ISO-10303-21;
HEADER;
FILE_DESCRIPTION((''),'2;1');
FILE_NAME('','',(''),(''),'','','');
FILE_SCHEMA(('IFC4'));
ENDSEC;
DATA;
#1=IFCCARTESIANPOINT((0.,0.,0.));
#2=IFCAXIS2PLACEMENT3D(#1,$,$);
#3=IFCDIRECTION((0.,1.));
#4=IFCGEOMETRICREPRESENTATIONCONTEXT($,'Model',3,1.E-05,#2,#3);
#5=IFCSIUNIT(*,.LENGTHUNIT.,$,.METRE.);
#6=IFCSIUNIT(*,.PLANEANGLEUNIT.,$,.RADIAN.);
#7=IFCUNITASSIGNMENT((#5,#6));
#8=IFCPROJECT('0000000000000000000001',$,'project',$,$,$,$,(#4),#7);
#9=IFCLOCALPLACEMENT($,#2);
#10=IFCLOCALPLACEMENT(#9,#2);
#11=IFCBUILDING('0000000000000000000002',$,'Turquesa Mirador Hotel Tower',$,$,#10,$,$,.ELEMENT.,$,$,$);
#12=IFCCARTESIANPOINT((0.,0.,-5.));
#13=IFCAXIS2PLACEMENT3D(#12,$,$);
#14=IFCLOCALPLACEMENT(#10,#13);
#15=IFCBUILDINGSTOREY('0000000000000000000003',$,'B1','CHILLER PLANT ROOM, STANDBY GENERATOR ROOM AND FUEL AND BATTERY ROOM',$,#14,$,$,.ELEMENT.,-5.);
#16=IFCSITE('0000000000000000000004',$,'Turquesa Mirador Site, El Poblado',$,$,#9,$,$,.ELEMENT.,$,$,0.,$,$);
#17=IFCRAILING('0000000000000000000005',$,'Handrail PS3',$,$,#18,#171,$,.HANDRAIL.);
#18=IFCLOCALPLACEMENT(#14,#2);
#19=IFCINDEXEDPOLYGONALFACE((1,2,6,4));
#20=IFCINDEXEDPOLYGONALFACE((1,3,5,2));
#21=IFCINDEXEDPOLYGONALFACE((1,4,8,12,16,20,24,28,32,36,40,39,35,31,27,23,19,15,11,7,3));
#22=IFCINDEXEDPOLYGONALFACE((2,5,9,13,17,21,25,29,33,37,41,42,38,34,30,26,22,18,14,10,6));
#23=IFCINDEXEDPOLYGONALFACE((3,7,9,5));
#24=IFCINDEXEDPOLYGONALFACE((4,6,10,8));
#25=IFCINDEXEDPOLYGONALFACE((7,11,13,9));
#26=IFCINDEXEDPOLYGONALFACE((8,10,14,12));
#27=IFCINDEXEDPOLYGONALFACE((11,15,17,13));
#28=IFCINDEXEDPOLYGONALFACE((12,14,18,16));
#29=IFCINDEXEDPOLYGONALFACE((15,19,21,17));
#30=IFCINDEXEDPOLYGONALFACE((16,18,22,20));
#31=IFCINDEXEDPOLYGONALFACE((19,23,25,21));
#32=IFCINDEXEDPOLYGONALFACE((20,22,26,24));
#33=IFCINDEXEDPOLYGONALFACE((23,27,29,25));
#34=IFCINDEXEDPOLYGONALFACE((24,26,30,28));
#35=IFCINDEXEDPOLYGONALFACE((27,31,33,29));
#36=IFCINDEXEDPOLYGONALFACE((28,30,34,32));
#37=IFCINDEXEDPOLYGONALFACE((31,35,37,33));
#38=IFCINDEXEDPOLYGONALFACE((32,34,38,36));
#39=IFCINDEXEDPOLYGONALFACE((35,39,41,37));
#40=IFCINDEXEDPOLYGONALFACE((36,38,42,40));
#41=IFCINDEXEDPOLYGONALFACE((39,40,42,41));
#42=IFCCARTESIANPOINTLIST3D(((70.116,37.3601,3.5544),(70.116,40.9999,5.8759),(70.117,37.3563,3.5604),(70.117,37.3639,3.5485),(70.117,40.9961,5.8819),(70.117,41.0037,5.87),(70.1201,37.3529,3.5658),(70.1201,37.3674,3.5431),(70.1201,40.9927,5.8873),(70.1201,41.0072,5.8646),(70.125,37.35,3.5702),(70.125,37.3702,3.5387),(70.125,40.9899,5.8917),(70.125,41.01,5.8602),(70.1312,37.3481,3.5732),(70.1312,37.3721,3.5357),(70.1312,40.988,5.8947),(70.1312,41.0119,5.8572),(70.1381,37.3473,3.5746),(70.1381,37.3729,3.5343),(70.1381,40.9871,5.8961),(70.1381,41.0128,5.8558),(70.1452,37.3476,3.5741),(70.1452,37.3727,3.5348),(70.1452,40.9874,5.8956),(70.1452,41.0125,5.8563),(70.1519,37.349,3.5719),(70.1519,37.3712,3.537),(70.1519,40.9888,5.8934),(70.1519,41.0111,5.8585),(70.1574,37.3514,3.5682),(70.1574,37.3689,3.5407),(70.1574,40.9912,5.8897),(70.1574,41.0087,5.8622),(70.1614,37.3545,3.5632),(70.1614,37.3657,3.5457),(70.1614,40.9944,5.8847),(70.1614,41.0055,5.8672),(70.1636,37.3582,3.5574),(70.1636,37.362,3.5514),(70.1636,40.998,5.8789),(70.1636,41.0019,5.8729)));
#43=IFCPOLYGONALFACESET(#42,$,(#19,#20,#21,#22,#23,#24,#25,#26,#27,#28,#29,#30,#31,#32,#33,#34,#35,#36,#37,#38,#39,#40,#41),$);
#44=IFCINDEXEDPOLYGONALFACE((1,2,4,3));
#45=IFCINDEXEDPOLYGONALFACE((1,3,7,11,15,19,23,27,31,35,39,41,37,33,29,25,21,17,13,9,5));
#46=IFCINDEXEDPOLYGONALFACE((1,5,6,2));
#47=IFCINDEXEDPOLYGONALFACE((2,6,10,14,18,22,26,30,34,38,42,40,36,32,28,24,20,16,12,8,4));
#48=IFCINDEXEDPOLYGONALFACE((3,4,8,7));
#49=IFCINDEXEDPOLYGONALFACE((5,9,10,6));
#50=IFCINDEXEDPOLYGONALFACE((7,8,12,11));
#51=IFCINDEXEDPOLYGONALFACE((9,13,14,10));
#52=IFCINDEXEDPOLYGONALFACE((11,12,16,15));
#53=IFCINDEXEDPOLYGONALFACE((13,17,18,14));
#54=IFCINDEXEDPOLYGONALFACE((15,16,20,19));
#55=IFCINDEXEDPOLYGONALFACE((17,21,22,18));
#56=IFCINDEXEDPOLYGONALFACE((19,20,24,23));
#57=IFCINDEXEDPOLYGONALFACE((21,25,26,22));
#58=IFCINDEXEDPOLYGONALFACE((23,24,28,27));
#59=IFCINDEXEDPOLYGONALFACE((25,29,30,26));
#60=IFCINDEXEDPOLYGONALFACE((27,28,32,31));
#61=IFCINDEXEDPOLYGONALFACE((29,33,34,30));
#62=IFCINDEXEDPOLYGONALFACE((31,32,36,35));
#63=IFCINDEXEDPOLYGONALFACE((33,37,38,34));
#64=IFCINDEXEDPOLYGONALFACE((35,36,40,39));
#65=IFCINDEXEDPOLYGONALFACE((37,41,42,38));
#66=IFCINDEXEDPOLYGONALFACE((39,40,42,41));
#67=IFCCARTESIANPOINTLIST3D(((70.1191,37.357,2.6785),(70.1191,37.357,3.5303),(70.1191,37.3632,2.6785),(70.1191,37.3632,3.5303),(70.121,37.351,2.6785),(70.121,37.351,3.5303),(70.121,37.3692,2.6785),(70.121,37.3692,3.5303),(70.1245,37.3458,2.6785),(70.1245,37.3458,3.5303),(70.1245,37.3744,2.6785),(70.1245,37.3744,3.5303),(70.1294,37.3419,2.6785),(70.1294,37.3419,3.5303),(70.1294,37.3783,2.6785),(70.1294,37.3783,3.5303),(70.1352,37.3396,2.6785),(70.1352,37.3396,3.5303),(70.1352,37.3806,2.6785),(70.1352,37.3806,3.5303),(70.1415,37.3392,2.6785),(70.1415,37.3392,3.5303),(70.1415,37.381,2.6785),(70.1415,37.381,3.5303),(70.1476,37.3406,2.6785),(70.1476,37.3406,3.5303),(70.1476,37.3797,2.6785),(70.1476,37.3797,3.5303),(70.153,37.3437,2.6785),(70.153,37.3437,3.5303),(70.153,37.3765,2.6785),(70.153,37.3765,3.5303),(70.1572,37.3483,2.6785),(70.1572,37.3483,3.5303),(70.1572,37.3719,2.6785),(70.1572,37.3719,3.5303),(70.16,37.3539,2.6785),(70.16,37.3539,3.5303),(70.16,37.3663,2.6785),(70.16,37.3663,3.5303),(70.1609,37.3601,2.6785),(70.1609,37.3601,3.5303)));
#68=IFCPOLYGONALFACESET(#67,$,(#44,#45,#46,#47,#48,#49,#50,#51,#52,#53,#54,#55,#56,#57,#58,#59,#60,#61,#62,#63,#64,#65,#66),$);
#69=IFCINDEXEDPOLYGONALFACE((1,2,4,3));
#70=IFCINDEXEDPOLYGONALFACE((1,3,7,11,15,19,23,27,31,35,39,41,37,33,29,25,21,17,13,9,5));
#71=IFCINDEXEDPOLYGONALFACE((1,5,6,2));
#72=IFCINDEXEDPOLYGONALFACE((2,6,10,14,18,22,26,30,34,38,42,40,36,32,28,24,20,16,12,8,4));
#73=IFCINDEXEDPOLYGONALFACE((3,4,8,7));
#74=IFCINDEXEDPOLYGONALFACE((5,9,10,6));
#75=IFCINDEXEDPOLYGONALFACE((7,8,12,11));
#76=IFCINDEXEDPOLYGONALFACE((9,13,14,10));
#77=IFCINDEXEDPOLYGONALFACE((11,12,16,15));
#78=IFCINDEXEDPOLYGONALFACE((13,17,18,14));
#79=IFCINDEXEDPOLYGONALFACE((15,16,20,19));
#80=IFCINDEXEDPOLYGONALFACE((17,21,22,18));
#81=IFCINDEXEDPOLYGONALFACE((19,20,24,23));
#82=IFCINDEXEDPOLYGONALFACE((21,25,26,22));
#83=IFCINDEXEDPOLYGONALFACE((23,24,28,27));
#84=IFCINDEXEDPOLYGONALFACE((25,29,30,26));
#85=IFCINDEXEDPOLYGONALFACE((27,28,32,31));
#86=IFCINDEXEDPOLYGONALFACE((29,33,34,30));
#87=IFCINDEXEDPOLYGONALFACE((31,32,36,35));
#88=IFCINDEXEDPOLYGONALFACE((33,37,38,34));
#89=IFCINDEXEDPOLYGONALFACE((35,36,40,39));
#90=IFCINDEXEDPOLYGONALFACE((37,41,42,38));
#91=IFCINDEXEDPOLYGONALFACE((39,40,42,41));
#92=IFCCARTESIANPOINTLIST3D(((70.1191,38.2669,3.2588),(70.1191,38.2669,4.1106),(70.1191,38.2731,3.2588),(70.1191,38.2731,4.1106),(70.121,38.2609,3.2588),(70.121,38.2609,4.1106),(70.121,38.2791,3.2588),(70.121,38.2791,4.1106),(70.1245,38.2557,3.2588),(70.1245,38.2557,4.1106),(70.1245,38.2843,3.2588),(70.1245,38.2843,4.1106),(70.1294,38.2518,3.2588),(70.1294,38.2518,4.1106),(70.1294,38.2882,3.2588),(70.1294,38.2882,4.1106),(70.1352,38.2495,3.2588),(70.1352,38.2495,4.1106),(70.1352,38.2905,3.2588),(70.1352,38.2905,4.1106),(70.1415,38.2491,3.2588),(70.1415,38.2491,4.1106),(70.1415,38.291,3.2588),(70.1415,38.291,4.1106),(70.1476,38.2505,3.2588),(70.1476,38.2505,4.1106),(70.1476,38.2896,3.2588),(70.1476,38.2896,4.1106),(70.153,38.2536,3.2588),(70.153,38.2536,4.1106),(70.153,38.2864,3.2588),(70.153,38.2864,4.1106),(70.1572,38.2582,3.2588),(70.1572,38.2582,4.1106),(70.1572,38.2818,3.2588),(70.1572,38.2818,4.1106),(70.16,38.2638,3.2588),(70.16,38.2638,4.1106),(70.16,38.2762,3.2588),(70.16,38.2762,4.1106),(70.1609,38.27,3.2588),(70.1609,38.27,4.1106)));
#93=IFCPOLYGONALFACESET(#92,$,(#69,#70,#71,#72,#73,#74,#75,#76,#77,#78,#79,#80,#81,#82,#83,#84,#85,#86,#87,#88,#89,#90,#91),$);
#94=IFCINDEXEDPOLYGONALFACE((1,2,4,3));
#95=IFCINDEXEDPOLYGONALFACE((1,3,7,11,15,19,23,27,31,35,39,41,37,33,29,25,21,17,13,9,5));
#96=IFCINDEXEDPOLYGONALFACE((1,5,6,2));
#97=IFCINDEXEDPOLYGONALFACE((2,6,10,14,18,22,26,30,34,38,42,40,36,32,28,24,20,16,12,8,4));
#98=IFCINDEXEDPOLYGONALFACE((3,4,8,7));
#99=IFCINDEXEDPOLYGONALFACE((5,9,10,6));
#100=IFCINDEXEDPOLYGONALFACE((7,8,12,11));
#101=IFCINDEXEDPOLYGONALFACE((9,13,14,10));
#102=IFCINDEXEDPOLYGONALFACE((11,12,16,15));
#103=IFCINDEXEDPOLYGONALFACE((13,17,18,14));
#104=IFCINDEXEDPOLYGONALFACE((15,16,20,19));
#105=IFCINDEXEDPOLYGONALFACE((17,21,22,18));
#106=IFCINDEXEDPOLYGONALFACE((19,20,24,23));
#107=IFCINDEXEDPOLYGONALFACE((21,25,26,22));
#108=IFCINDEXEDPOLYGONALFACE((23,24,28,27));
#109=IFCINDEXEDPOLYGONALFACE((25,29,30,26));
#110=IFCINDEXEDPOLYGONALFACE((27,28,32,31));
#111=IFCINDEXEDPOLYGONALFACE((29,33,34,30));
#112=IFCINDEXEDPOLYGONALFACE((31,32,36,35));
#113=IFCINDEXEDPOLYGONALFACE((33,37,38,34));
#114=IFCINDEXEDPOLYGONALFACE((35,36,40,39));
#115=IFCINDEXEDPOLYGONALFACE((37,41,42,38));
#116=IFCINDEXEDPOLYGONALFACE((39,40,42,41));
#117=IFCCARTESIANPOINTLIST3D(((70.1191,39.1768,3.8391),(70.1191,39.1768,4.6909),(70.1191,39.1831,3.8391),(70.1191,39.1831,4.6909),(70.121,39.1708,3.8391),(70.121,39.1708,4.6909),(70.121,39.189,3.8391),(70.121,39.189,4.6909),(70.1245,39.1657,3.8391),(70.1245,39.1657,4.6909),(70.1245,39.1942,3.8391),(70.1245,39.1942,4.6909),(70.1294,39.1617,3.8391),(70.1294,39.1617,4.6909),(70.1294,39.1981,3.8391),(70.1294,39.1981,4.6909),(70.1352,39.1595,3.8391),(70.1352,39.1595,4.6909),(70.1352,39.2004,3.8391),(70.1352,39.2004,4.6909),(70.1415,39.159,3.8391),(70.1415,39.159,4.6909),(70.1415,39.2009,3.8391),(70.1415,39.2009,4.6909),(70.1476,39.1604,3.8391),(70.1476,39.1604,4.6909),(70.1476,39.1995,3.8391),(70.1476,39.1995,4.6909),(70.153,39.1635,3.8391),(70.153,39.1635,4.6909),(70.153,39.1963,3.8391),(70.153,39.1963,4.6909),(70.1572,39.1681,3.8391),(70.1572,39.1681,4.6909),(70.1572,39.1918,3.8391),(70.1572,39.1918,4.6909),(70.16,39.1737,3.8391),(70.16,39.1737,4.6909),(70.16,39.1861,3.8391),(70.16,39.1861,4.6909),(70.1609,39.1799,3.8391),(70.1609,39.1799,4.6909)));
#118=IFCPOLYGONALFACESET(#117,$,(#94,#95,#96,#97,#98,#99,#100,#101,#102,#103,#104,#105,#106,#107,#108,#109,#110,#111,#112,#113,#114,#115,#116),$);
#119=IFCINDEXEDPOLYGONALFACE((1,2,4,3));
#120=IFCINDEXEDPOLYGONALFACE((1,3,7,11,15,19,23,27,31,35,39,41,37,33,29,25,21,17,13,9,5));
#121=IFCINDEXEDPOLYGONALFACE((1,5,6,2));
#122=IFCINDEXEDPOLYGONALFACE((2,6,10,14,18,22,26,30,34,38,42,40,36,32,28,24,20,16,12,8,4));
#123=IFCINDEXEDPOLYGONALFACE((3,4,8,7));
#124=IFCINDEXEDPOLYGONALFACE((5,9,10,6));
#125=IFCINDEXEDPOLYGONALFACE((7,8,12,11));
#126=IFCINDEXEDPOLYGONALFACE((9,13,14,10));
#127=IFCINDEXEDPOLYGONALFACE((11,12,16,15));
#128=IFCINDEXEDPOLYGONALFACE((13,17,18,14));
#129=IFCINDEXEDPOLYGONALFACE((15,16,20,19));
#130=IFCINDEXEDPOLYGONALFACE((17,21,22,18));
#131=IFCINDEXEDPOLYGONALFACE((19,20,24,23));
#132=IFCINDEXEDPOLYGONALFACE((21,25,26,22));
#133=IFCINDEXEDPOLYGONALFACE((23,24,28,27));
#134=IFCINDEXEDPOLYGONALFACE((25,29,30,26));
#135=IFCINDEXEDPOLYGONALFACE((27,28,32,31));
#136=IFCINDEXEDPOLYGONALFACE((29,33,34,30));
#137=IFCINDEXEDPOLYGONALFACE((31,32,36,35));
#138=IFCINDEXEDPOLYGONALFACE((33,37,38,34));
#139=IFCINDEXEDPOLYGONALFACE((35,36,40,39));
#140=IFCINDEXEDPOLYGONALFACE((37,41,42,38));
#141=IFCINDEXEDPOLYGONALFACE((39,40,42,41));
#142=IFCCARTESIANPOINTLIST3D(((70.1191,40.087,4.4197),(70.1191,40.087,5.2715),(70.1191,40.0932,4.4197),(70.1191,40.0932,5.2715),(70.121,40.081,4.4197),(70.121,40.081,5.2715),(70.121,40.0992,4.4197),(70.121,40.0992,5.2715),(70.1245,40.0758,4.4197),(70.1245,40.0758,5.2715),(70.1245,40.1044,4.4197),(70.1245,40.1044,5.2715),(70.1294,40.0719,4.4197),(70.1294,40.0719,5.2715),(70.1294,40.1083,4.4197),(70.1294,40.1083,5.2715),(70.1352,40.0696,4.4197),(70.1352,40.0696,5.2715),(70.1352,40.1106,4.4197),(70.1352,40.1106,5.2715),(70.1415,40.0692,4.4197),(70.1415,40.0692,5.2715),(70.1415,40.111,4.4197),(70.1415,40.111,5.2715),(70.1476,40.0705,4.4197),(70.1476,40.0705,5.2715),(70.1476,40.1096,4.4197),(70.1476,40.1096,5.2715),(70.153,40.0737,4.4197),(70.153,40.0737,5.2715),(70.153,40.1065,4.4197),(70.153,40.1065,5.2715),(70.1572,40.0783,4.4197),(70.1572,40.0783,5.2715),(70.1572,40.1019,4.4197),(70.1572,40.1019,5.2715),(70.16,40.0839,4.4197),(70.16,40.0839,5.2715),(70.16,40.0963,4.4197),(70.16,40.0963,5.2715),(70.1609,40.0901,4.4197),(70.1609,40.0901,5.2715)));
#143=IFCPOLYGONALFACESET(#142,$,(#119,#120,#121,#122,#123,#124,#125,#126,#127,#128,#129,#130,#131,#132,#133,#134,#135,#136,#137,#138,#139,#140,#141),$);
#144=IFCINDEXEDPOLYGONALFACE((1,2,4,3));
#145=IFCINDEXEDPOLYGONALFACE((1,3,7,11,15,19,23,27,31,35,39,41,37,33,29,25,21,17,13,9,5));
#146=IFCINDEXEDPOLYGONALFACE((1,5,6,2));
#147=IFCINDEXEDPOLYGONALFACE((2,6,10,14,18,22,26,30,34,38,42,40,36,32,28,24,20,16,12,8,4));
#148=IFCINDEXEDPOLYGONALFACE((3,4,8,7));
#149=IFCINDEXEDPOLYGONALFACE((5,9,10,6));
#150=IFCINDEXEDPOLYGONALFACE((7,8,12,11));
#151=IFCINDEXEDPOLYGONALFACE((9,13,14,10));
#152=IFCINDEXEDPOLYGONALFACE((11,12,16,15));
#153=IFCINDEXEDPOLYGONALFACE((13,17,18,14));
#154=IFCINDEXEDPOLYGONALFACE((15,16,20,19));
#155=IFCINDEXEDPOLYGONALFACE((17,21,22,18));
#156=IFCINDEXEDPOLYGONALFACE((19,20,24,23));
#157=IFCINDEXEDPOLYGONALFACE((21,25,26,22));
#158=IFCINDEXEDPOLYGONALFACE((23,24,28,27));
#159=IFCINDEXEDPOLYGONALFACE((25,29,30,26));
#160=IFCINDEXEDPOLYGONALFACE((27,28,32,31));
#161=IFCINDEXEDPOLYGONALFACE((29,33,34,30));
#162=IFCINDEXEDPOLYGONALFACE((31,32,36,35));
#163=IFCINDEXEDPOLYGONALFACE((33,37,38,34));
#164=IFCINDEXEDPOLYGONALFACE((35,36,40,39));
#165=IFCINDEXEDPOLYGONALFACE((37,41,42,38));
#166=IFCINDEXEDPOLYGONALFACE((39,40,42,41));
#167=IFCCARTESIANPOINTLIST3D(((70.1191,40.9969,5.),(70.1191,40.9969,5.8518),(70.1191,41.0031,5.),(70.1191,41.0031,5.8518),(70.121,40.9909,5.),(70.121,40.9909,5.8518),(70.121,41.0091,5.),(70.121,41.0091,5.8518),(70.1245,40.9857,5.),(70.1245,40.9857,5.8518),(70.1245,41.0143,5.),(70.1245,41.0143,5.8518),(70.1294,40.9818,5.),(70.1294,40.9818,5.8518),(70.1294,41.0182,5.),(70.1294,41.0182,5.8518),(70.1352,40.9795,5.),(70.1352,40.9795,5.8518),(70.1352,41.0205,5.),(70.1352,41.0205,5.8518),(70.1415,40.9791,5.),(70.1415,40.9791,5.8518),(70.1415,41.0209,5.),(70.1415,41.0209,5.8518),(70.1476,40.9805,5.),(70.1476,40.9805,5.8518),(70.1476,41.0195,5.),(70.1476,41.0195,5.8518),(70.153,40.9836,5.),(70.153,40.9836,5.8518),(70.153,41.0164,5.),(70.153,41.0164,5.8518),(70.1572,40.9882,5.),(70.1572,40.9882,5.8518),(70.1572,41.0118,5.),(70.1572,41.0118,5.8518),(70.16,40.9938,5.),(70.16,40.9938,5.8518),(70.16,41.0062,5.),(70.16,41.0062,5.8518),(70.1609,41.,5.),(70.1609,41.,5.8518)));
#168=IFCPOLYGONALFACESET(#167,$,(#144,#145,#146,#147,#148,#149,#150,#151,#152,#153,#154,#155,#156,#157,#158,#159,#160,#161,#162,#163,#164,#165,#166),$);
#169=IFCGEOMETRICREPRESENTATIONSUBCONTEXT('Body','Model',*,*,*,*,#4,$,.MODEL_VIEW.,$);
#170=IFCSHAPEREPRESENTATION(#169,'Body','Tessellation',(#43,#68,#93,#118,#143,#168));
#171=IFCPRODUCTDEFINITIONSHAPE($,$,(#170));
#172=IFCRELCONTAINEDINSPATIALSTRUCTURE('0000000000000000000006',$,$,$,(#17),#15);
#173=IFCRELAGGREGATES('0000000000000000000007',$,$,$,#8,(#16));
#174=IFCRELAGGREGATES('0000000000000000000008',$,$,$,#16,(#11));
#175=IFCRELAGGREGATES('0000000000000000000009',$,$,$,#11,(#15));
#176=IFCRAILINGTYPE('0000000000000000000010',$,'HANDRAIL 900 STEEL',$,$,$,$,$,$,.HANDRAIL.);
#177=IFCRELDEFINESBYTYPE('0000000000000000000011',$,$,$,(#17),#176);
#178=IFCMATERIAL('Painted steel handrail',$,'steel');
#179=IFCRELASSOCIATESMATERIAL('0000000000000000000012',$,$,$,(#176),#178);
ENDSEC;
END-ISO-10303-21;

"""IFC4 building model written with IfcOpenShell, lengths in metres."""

from ifc_helpers import new_model, si_unit, direction, frame, origin, origin_2d, place, context, subcontext, project, spatial, circle, extrude, material, type_object, element, save


model = new_model("IFC4")

# Units and contexts
model_context = context("Model", 3, precision=1e-05, world=origin(), true_north=direction((0.0, 1.0)))
body_context = subcontext(model_context, "Body", "Model", "MODEL_VIEW")
ifc_project = project(units=[si_unit("LENGTHUNIT", "METRE"), si_unit("PLANEANGLEUNIT", "RADIAN")], contexts=[model_context])

# Site, building, storey
site_placement = place(None, origin())
site = spatial("IfcSite", under=ifc_project, at=site_placement, Name="Turquesa Mirador Site, El Poblado", CompositionType="ELEMENT", RefElevation=0.0)
building_placement = place(site_placement, origin())
building = spatial("IfcBuilding", under=site, at=building_placement, Name="Turquesa Mirador Hotel Tower", CompositionType="ELEMENT")
storey_placement = place(building_placement, frame((0.0, 0.0, -5.0)))
storey = spatial("IfcBuildingStorey", under=building, at=storey_placement, Name="B1", Description="CHILLER PLANT ROOM, STANDBY GENERATOR ROOM AND FUEL AND BATTERY ROOM", CompositionType="ELEMENT", Elevation=-5.0)

# Railing
ifc_material_1 = material(Name="Painted steel handrail", Category="steel")
railing_type = type_object("IfcRailingType", Name="HANDRAIL 900 STEEL", PredefinedType="HANDRAIL", material=ifc_material_1)
railing_1_placement = place(storey_placement, frame((70.1399, 37.3601, 2.6785)))
element("IfcRailing", 1, at=railing_1_placement, inside=storey, type_object=railing_type, Name="Handrail PS3", PredefinedType="HANDRAIL", context=body_context, shape_type="SweptSolid", body=[
    extrude(circle(Radius=0.0239, at=origin_2d()), frame((0.0, 0.0, 0.876), z_axis=(0.0, 0.843112, 0.537739), x_axis=(-1.0, 0.0, 0.0)), (0.0, 0.0, 1.0), 4.3171),
    extrude(circle(Radius=0.021, at=origin_2d()), origin(), (0.0, 0.0, 1.0), 0.8518),
    extrude(circle(Radius=0.021, at=origin_2d()), frame((0.0, 0.9099, 0.5803)), (0.0, 0.0, 1.0), 0.8518),
    extrude(circle(Radius=0.021, at=origin_2d()), frame((0.0, 1.8198, 1.1606)), (0.0, 0.0, 1.0), 0.8518),
    extrude(circle(Radius=0.021, at=origin_2d()), frame((0.0, 2.73, 1.7412)), (0.0, 0.0, 1.0), 0.8518),
    extrude(circle(Radius=0.021, at=origin_2d()), frame((0.0, 3.6399, 2.3215)), (0.0, 0.0, 1.0), 0.8518),
])

save(model, "model.ifc")
